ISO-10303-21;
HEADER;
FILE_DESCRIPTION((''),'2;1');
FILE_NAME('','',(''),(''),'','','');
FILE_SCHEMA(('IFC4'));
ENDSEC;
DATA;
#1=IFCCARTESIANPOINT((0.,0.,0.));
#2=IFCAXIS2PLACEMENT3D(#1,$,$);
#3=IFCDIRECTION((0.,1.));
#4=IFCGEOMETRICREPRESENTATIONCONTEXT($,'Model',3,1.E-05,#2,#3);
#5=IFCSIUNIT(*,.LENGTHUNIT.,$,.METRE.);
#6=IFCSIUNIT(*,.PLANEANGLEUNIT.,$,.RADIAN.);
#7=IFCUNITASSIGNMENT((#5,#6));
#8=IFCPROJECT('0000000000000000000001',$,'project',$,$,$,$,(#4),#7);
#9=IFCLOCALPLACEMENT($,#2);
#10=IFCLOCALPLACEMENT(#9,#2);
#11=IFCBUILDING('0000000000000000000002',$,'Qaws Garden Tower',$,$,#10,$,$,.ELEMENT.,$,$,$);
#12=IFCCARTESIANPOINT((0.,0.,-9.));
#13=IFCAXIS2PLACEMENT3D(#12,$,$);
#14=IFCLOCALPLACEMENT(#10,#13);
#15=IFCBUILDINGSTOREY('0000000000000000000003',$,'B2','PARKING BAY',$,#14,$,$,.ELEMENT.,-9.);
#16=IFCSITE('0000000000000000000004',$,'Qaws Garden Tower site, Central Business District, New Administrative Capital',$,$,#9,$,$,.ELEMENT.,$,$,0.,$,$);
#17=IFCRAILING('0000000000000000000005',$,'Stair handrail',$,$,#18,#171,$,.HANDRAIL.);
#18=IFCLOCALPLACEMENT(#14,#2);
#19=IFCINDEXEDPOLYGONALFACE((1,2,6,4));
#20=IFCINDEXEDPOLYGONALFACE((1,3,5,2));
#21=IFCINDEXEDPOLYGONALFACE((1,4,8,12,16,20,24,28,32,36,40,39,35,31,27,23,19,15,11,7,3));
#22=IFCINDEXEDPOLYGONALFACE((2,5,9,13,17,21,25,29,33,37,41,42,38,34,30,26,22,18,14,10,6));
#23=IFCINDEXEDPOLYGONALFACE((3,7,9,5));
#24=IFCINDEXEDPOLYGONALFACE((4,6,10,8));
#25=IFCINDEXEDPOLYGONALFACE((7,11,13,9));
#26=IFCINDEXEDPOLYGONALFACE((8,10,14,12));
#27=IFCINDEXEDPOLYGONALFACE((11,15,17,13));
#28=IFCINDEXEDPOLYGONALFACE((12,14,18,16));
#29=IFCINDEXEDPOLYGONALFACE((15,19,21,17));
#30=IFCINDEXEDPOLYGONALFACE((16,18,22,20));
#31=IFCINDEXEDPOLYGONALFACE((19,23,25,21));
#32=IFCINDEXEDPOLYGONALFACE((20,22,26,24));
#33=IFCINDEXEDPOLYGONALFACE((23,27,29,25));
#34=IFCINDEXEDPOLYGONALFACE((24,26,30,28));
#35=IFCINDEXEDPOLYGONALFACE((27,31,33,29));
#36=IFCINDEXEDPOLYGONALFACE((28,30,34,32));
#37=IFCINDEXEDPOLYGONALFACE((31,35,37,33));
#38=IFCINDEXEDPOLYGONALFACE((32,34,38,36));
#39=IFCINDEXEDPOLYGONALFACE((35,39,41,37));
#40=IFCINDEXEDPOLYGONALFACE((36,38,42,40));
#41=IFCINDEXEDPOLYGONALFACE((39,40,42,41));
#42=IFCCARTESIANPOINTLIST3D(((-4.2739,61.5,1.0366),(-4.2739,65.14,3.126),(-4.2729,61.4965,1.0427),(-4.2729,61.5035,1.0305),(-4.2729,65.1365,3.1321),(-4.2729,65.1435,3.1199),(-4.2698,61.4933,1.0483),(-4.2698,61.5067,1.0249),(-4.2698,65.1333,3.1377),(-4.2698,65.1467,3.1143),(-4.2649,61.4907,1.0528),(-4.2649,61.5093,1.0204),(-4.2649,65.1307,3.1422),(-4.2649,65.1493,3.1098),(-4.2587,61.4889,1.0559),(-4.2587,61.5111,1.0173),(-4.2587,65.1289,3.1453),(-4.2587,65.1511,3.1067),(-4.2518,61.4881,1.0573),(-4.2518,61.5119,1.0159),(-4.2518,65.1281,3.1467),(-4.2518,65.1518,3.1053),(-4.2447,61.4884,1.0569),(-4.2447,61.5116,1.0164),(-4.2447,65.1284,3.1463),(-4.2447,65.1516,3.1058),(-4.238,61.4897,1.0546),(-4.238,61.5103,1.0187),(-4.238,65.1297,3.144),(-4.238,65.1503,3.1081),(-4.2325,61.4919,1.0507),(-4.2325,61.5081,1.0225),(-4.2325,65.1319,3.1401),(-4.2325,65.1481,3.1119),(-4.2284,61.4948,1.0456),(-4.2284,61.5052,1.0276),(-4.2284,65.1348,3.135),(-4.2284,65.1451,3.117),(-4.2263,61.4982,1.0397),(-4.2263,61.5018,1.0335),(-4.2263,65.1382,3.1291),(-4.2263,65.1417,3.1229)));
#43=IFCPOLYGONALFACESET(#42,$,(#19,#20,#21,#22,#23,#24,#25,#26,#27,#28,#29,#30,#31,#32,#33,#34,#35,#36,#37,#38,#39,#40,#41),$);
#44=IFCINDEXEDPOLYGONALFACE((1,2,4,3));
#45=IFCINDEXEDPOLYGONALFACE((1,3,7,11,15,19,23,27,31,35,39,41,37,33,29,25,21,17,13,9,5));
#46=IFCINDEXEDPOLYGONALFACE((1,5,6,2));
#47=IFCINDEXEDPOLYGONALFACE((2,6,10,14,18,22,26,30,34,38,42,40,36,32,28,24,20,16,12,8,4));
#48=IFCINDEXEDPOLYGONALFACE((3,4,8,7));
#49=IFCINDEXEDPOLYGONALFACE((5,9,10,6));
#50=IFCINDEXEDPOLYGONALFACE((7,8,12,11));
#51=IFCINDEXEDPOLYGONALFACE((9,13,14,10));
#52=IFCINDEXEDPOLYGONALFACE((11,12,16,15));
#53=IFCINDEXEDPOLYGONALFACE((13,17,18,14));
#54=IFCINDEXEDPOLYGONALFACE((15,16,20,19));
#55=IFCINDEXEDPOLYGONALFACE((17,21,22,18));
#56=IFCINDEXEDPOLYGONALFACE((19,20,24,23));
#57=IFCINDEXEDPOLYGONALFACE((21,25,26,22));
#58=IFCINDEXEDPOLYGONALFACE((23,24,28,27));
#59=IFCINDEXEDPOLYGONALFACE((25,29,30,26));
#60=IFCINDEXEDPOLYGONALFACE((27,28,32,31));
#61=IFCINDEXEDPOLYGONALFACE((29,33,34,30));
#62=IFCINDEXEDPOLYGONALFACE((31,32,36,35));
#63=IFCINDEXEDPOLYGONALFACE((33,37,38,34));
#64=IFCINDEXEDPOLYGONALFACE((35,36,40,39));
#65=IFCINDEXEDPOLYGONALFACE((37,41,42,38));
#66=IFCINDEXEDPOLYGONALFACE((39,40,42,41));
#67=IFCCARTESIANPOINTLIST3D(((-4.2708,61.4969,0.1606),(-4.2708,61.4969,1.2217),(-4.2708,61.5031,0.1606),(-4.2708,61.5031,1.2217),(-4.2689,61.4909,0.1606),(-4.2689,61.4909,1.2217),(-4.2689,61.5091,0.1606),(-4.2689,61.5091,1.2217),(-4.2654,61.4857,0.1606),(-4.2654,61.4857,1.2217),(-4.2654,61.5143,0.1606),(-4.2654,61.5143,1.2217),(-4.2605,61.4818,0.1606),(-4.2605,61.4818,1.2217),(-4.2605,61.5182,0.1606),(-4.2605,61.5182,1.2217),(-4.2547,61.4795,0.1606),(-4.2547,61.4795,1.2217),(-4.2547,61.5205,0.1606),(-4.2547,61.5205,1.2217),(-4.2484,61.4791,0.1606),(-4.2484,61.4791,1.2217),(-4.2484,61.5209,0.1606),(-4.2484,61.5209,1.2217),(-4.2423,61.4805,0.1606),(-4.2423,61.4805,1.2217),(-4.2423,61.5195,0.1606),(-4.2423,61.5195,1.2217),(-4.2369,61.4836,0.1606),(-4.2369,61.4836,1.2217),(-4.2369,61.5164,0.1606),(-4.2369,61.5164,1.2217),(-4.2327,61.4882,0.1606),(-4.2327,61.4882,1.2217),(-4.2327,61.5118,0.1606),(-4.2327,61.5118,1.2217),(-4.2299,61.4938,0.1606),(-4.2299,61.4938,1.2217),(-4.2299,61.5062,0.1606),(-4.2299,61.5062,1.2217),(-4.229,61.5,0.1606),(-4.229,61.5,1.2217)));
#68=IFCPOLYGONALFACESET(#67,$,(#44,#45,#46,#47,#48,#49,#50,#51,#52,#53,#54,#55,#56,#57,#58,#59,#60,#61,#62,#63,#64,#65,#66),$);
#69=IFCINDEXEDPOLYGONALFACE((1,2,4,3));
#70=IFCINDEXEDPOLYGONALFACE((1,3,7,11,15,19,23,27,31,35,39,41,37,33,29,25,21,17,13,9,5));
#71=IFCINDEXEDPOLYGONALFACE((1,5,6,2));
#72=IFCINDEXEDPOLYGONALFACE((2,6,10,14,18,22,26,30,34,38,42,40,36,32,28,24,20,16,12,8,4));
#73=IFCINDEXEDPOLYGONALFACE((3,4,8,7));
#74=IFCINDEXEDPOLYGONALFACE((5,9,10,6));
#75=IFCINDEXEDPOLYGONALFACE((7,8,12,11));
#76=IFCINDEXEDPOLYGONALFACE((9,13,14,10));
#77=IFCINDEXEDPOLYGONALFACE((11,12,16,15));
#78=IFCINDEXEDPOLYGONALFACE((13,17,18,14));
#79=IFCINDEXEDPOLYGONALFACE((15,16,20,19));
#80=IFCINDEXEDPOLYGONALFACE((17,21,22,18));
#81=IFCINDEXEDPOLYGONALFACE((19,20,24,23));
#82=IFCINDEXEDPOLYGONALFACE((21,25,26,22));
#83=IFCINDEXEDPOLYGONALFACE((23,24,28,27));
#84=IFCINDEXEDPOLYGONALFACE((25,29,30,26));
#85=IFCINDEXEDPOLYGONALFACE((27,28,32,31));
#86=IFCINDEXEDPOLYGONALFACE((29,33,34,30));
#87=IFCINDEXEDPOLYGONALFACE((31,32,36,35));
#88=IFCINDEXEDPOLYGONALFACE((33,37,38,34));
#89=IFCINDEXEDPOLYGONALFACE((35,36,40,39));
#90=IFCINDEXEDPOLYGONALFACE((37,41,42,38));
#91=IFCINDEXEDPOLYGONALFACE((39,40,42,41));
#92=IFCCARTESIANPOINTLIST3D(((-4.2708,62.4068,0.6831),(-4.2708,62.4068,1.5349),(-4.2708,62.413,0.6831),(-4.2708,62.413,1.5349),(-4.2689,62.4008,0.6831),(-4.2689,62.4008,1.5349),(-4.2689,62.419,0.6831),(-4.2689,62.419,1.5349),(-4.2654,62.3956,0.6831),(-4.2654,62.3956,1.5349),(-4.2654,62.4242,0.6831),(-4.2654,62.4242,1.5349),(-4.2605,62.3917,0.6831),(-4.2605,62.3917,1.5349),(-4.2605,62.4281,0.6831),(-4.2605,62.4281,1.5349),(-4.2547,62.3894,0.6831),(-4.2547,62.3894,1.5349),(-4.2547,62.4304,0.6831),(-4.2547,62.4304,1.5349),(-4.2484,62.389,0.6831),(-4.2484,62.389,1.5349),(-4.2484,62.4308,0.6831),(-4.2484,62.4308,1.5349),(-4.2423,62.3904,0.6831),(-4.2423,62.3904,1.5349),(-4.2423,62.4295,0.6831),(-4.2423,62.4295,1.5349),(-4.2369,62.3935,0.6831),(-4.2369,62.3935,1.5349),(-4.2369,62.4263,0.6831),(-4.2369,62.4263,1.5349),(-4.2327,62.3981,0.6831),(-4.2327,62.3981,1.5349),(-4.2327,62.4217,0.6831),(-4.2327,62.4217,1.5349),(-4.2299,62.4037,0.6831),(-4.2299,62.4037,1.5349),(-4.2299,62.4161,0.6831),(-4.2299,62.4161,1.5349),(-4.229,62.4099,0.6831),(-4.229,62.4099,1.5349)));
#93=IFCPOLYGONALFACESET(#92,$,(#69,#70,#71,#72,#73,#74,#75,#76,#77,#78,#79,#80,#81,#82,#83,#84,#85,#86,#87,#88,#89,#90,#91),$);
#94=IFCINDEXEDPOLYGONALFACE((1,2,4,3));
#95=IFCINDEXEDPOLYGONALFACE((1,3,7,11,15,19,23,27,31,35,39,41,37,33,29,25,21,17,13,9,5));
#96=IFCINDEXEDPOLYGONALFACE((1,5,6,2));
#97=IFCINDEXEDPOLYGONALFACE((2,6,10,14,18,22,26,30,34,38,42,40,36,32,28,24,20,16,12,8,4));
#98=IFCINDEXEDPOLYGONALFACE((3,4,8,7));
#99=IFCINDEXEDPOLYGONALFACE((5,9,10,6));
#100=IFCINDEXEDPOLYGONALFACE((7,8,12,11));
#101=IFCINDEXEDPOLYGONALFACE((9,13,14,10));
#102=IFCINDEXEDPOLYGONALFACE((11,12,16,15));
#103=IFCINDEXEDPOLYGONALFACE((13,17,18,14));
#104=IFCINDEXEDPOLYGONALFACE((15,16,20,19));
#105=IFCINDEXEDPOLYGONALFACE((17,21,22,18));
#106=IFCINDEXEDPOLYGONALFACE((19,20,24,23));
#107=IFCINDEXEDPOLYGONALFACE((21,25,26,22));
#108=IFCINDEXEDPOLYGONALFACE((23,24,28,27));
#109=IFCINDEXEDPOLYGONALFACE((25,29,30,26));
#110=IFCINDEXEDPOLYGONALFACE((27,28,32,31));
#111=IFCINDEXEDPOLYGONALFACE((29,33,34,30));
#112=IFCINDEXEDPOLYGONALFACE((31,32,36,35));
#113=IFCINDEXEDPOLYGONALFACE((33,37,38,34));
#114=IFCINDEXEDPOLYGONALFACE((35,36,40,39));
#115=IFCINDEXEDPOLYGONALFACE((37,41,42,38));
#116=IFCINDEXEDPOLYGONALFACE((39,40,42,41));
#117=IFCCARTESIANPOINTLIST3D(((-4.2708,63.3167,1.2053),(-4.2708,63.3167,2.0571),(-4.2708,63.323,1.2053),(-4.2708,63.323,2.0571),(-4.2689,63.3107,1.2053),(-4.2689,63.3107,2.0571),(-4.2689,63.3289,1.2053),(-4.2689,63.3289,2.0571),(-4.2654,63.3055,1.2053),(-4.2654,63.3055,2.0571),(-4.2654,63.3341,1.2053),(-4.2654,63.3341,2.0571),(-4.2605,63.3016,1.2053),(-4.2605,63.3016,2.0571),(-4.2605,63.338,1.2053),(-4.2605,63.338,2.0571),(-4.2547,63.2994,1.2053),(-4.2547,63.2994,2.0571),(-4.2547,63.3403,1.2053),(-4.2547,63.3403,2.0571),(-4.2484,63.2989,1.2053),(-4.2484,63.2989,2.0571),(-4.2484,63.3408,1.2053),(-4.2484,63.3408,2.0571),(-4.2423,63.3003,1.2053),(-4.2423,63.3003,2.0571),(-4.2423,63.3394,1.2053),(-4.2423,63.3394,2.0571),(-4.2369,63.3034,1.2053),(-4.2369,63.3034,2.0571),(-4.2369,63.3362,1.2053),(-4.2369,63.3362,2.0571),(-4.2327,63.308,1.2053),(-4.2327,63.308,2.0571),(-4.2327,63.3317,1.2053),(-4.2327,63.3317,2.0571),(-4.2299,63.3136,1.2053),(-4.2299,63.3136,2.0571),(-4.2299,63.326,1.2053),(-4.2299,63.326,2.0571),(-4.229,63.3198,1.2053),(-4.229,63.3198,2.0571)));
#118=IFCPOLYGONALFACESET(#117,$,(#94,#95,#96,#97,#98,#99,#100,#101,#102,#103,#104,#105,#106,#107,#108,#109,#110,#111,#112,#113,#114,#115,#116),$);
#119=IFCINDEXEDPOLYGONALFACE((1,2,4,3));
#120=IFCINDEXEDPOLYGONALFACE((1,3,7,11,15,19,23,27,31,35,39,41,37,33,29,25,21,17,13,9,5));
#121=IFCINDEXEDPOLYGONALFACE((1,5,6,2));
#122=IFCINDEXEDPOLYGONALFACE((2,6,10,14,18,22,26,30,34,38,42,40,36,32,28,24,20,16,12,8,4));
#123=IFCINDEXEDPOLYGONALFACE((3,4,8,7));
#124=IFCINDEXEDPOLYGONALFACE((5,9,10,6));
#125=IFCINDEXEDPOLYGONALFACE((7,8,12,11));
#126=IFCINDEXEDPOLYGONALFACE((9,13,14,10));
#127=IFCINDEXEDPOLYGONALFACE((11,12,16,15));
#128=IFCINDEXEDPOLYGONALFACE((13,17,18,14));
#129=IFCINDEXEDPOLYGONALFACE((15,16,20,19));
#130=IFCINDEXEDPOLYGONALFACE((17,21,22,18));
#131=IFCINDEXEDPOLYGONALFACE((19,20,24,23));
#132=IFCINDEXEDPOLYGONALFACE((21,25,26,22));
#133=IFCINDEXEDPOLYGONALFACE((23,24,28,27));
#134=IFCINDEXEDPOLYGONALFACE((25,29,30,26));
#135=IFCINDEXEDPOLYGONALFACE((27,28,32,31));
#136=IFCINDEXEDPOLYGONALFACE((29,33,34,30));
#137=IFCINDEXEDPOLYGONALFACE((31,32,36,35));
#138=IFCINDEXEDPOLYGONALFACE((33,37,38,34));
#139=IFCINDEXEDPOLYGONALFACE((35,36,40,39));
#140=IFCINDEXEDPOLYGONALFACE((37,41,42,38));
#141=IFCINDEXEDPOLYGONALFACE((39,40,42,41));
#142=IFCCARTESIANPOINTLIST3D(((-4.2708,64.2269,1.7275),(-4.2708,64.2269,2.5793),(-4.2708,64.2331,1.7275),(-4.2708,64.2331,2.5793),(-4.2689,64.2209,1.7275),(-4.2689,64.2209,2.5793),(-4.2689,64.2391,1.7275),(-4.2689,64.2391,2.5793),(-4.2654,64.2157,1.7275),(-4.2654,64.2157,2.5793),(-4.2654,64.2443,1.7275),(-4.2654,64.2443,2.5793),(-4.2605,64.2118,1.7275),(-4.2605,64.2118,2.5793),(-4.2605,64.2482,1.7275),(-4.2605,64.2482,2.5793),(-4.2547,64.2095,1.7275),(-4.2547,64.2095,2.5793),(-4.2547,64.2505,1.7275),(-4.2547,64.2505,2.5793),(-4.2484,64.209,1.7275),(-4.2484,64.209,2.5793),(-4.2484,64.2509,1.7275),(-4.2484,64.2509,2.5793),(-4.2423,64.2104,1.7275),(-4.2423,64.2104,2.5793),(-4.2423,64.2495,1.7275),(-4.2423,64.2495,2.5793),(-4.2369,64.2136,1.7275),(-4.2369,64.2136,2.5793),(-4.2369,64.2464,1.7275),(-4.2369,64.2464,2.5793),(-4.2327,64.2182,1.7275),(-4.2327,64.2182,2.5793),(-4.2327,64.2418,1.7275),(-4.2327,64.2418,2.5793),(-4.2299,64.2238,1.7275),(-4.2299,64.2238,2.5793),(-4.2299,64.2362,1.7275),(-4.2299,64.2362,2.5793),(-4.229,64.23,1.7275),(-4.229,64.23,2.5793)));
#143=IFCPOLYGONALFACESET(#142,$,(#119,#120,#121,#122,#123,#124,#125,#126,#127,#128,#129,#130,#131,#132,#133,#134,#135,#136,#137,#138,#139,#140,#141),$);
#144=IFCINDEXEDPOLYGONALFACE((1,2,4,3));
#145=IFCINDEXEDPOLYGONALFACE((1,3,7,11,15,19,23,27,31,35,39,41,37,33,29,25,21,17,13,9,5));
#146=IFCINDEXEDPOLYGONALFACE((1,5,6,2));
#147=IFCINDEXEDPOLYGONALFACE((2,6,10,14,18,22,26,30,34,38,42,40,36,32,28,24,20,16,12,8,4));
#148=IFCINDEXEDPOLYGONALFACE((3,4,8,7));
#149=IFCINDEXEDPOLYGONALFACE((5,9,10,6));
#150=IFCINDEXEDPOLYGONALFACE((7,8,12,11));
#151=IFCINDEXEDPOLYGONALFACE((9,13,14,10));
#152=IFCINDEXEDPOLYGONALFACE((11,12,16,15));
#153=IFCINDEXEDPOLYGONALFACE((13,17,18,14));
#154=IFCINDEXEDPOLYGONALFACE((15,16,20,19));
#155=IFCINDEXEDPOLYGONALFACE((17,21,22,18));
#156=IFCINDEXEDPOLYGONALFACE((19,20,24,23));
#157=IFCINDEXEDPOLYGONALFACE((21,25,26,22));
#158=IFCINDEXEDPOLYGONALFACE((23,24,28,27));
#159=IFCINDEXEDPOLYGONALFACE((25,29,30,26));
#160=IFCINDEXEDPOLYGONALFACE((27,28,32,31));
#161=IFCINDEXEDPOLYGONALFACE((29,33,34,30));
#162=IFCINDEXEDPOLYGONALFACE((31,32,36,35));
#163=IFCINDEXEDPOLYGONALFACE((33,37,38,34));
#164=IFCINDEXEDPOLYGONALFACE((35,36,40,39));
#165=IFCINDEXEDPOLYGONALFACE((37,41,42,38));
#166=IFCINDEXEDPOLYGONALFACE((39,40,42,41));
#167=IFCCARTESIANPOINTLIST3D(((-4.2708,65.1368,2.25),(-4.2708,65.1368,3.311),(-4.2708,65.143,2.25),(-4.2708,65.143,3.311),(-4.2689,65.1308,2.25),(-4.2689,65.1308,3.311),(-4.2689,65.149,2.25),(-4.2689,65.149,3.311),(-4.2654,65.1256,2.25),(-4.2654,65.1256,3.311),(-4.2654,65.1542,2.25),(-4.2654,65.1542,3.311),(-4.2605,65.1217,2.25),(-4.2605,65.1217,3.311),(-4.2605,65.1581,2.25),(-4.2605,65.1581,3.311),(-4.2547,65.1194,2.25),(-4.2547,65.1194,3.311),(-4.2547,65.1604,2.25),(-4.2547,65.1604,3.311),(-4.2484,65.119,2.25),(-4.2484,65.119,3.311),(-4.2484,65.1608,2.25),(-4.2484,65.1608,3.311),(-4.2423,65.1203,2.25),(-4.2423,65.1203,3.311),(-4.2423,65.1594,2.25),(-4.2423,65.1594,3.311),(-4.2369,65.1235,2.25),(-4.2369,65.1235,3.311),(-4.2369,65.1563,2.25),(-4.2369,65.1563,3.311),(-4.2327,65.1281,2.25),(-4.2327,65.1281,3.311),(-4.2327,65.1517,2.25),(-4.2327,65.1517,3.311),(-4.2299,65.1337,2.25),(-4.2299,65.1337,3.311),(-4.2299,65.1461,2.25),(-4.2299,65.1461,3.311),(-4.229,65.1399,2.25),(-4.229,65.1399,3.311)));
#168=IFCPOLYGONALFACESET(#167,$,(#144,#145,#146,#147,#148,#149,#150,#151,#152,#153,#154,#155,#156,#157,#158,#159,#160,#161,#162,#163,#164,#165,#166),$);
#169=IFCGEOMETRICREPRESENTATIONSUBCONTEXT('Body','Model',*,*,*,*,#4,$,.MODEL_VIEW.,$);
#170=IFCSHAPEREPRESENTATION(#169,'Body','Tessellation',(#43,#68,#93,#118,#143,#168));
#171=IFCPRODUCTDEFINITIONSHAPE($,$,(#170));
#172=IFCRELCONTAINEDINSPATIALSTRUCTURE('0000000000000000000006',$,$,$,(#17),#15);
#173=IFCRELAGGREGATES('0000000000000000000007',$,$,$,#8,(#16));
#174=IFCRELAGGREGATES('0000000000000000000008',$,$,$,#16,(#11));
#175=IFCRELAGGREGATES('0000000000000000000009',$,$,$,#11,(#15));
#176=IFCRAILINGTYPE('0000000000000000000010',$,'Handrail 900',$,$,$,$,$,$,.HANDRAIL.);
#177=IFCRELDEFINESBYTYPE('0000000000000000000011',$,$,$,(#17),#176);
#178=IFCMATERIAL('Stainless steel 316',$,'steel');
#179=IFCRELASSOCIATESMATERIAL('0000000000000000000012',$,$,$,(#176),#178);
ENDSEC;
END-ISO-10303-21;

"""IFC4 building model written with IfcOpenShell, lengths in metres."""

from ifc_helpers import new_model, si_unit, direction, frame, origin, origin_2d, place, context, subcontext, project, spatial, circle, extrude, material, type_object, element, save


model = new_model("IFC4")

# Units and contexts
model_context = context("Model", 3, precision=1e-05, world=origin(), true_north=direction((0.0, 1.0)))
body_context = subcontext(model_context, "Body", "Model", "MODEL_VIEW")
ifc_project = project(units=[si_unit("LENGTHUNIT", "METRE"), si_unit("PLANEANGLEUNIT", "RADIAN")], contexts=[model_context])

# Site, building, storey
site_placement = place(None, origin())
site = spatial("IfcSite", under=ifc_project, at=site_placement, Name="Qaws Garden Tower site, Central Business District, New Administrative Capital", CompositionType="ELEMENT", RefElevation=0.0)
building_placement = place(site_placement, origin())
building = spatial("IfcBuilding", under=site, at=building_placement, Name="Qaws Garden Tower", CompositionType="ELEMENT")
storey_placement = place(building_placement, frame((0.0, 0.0, -9.0)))
storey = spatial("IfcBuildingStorey", under=building, at=storey_placement, Name="B2", Description="PARKING BAY", CompositionType="ELEMENT", Elevation=-9.0)

# Railing
ifc_material_1 = material(Name="Stainless steel 316", Category="steel")
railing_type_1 = type_object("IfcRailingType", Name="Handrail 900", PredefinedType="HANDRAIL", material=ifc_material_1)
for number, where, name in (
    (1, (-4.25, 61.5, 0.1606), "Stair handrail"),
):
    element("IfcRailing", number, at=place(storey_placement, frame(where)), inside=storey, type_object=railing_type_1, Name=name, PredefinedType="HANDRAIL", context=body_context, shape_type="SweptSolid", body=[
        extrude(circle(Radius=0.0239, at=origin_2d()), frame((0.0, 0.0, 0.876), z_axis=(0.0, 0.867275, 0.497829), x_axis=(-1.0, 0.0, 0.0)), (0.0, 0.0, 1.0), 4.197),
        extrude(circle(Radius=0.021, at=origin_2d()), origin(), (0.0, 0.0, 1.0), 1.061),
        extrude(circle(Radius=0.021, at=origin_2d()), frame((0.0, 0.9099, 0.5225)), (0.0, 0.0, 1.0), 0.8518),
        extrude(circle(Radius=0.021, at=origin_2d()), frame((0.0, 1.8198, 1.0447)), (0.0, 0.0, 1.0), 0.8518),
        extrude(circle(Radius=0.021, at=origin_2d()), frame((0.0, 2.73, 1.5669)), (0.0, 0.0, 1.0), 0.8518),
        extrude(circle(Radius=0.021, at=origin_2d()), frame((0.0, 3.6399, 2.0894)), (0.0, 0.0, 1.0), 1.061),
    ])

save(model, "model.ifc")
